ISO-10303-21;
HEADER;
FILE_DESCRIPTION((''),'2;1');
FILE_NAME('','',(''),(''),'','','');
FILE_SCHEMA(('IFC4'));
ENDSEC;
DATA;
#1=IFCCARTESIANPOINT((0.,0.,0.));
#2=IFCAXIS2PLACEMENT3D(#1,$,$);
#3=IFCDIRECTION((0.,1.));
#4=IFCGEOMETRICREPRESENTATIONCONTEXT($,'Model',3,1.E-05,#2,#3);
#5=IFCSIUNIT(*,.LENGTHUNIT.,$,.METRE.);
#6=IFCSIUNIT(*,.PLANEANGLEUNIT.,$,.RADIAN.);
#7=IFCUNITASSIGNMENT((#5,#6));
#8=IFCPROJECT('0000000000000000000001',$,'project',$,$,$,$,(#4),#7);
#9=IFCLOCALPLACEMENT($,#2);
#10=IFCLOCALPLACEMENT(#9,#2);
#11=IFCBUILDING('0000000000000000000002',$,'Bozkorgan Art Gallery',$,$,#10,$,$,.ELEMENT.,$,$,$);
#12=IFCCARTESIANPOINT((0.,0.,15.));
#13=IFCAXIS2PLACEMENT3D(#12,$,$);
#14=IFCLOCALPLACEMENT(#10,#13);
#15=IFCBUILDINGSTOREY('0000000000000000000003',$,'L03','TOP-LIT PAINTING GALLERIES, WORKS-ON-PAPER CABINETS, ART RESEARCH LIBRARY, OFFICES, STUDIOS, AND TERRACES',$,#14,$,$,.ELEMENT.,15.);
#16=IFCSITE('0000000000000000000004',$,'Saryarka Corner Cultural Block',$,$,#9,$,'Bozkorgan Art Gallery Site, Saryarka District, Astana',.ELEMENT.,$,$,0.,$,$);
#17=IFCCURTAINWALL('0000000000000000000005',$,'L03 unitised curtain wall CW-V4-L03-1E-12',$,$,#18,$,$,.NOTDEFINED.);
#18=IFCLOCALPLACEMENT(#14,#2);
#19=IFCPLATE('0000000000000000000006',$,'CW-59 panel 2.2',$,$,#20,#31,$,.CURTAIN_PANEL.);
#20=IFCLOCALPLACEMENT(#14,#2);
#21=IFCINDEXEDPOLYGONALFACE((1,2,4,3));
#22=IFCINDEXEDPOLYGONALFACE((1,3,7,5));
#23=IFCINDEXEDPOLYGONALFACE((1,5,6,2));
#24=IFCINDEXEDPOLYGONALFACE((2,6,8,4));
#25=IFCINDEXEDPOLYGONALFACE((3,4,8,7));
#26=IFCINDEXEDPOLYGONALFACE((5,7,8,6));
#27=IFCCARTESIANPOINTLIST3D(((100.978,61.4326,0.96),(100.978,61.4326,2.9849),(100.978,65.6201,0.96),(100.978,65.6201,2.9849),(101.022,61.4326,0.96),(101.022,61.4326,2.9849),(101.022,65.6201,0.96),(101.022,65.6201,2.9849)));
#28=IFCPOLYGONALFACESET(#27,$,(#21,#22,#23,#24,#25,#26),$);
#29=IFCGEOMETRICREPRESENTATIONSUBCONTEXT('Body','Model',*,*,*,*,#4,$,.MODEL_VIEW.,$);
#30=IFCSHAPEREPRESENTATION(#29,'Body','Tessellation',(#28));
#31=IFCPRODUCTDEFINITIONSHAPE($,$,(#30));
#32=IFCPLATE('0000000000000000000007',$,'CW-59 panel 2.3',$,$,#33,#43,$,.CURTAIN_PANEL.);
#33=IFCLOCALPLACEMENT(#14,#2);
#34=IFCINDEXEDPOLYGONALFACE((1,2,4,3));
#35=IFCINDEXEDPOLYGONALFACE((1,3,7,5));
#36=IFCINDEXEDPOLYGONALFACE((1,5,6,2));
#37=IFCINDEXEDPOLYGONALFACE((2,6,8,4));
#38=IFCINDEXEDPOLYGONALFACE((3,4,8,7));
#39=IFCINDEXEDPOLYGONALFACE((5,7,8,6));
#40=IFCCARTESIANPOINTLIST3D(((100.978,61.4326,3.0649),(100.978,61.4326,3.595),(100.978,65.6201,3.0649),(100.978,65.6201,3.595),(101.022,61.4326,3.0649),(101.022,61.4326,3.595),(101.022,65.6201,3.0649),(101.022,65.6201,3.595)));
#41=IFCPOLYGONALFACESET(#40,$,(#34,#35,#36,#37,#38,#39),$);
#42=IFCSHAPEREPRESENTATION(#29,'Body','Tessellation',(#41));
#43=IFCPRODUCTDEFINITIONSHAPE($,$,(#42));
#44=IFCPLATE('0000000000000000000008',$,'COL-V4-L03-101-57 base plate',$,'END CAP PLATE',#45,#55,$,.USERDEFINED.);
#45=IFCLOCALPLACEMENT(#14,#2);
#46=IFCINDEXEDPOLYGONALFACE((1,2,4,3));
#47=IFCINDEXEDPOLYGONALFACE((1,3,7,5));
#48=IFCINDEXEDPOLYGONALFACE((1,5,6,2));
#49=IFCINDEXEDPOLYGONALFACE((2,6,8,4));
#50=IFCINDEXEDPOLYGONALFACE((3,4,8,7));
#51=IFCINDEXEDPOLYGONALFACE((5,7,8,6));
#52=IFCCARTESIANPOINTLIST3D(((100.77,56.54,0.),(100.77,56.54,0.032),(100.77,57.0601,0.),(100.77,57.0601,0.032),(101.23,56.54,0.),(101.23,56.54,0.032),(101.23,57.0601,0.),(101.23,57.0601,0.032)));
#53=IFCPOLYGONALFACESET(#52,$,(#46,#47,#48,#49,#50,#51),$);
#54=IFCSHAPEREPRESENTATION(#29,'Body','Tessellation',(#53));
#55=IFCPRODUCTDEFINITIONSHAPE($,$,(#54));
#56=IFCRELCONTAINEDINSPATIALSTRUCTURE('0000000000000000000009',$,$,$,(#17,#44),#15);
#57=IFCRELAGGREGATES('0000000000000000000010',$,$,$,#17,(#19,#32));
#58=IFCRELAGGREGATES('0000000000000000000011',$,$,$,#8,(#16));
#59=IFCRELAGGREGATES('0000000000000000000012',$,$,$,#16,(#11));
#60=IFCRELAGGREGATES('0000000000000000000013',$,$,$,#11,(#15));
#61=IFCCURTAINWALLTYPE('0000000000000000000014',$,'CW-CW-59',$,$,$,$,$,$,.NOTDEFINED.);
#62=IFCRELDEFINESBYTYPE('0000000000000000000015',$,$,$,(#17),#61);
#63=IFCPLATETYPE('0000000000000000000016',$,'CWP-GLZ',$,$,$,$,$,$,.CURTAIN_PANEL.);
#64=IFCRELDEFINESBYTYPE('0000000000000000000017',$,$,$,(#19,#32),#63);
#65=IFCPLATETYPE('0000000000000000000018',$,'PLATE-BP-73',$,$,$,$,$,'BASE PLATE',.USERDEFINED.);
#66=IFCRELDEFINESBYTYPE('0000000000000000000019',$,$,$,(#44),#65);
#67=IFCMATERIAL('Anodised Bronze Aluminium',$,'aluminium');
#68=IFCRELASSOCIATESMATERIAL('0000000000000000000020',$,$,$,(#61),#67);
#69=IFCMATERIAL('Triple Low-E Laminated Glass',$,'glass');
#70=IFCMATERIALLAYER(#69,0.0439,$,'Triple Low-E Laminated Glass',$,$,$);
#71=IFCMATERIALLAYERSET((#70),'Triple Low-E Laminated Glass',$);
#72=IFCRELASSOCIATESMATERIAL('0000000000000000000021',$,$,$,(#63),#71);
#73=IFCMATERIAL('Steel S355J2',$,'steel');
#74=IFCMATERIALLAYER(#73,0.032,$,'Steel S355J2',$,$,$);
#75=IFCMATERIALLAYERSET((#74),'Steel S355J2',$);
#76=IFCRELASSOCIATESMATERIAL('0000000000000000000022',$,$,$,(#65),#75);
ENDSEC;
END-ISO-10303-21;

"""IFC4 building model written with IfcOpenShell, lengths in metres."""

from ifc_helpers import new_model, si_unit, direction, frame, origin, origin_2d, place, context, subcontext, project, spatial, rectangle, extrude, material, layer, layer_set, type_object, element, aggregate, save


model = new_model("IFC4")

# Units and contexts
model_context = context("Model", 3, precision=1e-05, world=origin(), true_north=direction((0.0, 1.0)))
body_context = subcontext(model_context, "Body", "Model", "MODEL_VIEW")
ifc_project = project(units=[si_unit("LENGTHUNIT", "METRE"), si_unit("PLANEANGLEUNIT", "RADIAN")], contexts=[model_context])

# Site, building, storey
site_placement = place(None, origin())
site = spatial("IfcSite", under=ifc_project, at=site_placement, Name="Saryarka Corner Cultural Block", LongName="Bozkorgan Art Gallery Site, Saryarka District, Astana", CompositionType="ELEMENT", RefElevation=0.0)
building_placement = place(site_placement, origin())
building = spatial("IfcBuilding", under=site, at=building_placement, Name="Bozkorgan Art Gallery", CompositionType="ELEMENT")
storey_placement = place(building_placement, frame((0.0, 0.0, 15.0)))
storey = spatial("IfcBuildingStorey", under=building, at=storey_placement, Name="L03", Description="TOP-LIT PAINTING GALLERIES, WORKS-ON-PAPER CABINETS, ART RESEARCH LIBRARY, OFFICES, STUDIOS, AND TERRACES", CompositionType="ELEMENT", Elevation=15.0)

# Shared definitions
ifc_material_1 = material(Name="Steel S355J2", Category="steel")

# Shared definitions
ifc_material_2 = material(Name="Anodised Bronze Aluminium", Category="aluminium")
curtain_wall_type = type_object("IfcCurtainWallType", Name="CW-CW-59", PredefinedType="NOTDEFINED", material=ifc_material_2)

# Curtain wall
curtain_wall_1_placement = place(storey_placement, origin())
curtain_wall_1 = element("IfcCurtainWall", 1, at=curtain_wall_1_placement, inside=storey, type_object=curtain_wall_type, Name="L03 unitised curtain wall CW-V4-L03-1E-12", PredefinedType="NOTDEFINED")

# Plates
ifc_material_3 = material(Name="Triple Low-E Laminated Glass", Category="glass")
ifc_layer_1 = layer(ifc_material_3, 0.0439, Name="Triple Low-E Laminated Glass")
ifc_layer_set_1 = layer_set([ifc_layer_1], Name="Triple Low-E Laminated Glass")
plate_type_1 = type_object("IfcPlateType", Name="CWP-GLZ", PredefinedType="CURTAIN_PANEL", material=ifc_layer_set_1)
plate_1_placement = place(storey_placement, frame((101.0, 63.5264, 0.96), z_axis=(0.0, 0.0, 1.0), x_axis=(0.0, 1.0, 0.0)))
plate_1 = element("IfcPlate", 2, at=plate_1_placement, type_object=plate_type_1, Name="CW-59 panel 2.2", PredefinedType="CURTAIN_PANEL", context=body_context, shape_type="SweptSolid", body=[
    extrude(rectangle(XDim=4.1875, YDim=0.0439, at=origin_2d()), origin(), (0.0, 0.0, 1.0), 2.0249),
])
plate_2_placement = place(storey_placement, frame((101.0, 63.5264, 3.0649), z_axis=(0.0, 0.0, 1.0), x_axis=(0.0, 1.0, 0.0)))
plate_2 = element("IfcPlate", 3, at=plate_2_placement, type_object=plate_type_1, Name="CW-59 panel 2.3", PredefinedType="CURTAIN_PANEL", context=body_context, shape_type="SweptSolid", body=[
    extrude(rectangle(XDim=4.1875, YDim=0.0439, at=origin_2d()), origin(), (0.0, 0.0, 1.0), 0.53),
])
aggregate(curtain_wall_1, [plate_1, plate_2])
ifc_layer_2 = layer(ifc_material_1, 0.032, Name="Steel S355J2")
ifc_layer_set_2 = layer_set([ifc_layer_2], Name="Steel S355J2")
plate_type_2 = type_object("IfcPlateType", Name="PLATE-BP-73", ElementType="BASE PLATE", PredefinedType="USERDEFINED", material=ifc_layer_set_2)
plate_3_placement = place(storey_placement, frame((101.0, 56.8, 0.0), z_axis=(0.0, 0.0, 1.0), x_axis=(1.0, 0.0, 0.0)))
element("IfcPlate", 4, at=plate_3_placement, inside=storey, type_object=plate_type_2, Name="COL-V4-L03-101-57 base plate", ObjectType="END CAP PLATE", PredefinedType="USERDEFINED", context=body_context, shape_type="SweptSolid", body=[
    extrude(rectangle(XDim=0.46, YDim=0.52, at=origin_2d()), origin(), (0.0, 0.0, 1.0), 0.032),
])

save(model, "model.ifc")
